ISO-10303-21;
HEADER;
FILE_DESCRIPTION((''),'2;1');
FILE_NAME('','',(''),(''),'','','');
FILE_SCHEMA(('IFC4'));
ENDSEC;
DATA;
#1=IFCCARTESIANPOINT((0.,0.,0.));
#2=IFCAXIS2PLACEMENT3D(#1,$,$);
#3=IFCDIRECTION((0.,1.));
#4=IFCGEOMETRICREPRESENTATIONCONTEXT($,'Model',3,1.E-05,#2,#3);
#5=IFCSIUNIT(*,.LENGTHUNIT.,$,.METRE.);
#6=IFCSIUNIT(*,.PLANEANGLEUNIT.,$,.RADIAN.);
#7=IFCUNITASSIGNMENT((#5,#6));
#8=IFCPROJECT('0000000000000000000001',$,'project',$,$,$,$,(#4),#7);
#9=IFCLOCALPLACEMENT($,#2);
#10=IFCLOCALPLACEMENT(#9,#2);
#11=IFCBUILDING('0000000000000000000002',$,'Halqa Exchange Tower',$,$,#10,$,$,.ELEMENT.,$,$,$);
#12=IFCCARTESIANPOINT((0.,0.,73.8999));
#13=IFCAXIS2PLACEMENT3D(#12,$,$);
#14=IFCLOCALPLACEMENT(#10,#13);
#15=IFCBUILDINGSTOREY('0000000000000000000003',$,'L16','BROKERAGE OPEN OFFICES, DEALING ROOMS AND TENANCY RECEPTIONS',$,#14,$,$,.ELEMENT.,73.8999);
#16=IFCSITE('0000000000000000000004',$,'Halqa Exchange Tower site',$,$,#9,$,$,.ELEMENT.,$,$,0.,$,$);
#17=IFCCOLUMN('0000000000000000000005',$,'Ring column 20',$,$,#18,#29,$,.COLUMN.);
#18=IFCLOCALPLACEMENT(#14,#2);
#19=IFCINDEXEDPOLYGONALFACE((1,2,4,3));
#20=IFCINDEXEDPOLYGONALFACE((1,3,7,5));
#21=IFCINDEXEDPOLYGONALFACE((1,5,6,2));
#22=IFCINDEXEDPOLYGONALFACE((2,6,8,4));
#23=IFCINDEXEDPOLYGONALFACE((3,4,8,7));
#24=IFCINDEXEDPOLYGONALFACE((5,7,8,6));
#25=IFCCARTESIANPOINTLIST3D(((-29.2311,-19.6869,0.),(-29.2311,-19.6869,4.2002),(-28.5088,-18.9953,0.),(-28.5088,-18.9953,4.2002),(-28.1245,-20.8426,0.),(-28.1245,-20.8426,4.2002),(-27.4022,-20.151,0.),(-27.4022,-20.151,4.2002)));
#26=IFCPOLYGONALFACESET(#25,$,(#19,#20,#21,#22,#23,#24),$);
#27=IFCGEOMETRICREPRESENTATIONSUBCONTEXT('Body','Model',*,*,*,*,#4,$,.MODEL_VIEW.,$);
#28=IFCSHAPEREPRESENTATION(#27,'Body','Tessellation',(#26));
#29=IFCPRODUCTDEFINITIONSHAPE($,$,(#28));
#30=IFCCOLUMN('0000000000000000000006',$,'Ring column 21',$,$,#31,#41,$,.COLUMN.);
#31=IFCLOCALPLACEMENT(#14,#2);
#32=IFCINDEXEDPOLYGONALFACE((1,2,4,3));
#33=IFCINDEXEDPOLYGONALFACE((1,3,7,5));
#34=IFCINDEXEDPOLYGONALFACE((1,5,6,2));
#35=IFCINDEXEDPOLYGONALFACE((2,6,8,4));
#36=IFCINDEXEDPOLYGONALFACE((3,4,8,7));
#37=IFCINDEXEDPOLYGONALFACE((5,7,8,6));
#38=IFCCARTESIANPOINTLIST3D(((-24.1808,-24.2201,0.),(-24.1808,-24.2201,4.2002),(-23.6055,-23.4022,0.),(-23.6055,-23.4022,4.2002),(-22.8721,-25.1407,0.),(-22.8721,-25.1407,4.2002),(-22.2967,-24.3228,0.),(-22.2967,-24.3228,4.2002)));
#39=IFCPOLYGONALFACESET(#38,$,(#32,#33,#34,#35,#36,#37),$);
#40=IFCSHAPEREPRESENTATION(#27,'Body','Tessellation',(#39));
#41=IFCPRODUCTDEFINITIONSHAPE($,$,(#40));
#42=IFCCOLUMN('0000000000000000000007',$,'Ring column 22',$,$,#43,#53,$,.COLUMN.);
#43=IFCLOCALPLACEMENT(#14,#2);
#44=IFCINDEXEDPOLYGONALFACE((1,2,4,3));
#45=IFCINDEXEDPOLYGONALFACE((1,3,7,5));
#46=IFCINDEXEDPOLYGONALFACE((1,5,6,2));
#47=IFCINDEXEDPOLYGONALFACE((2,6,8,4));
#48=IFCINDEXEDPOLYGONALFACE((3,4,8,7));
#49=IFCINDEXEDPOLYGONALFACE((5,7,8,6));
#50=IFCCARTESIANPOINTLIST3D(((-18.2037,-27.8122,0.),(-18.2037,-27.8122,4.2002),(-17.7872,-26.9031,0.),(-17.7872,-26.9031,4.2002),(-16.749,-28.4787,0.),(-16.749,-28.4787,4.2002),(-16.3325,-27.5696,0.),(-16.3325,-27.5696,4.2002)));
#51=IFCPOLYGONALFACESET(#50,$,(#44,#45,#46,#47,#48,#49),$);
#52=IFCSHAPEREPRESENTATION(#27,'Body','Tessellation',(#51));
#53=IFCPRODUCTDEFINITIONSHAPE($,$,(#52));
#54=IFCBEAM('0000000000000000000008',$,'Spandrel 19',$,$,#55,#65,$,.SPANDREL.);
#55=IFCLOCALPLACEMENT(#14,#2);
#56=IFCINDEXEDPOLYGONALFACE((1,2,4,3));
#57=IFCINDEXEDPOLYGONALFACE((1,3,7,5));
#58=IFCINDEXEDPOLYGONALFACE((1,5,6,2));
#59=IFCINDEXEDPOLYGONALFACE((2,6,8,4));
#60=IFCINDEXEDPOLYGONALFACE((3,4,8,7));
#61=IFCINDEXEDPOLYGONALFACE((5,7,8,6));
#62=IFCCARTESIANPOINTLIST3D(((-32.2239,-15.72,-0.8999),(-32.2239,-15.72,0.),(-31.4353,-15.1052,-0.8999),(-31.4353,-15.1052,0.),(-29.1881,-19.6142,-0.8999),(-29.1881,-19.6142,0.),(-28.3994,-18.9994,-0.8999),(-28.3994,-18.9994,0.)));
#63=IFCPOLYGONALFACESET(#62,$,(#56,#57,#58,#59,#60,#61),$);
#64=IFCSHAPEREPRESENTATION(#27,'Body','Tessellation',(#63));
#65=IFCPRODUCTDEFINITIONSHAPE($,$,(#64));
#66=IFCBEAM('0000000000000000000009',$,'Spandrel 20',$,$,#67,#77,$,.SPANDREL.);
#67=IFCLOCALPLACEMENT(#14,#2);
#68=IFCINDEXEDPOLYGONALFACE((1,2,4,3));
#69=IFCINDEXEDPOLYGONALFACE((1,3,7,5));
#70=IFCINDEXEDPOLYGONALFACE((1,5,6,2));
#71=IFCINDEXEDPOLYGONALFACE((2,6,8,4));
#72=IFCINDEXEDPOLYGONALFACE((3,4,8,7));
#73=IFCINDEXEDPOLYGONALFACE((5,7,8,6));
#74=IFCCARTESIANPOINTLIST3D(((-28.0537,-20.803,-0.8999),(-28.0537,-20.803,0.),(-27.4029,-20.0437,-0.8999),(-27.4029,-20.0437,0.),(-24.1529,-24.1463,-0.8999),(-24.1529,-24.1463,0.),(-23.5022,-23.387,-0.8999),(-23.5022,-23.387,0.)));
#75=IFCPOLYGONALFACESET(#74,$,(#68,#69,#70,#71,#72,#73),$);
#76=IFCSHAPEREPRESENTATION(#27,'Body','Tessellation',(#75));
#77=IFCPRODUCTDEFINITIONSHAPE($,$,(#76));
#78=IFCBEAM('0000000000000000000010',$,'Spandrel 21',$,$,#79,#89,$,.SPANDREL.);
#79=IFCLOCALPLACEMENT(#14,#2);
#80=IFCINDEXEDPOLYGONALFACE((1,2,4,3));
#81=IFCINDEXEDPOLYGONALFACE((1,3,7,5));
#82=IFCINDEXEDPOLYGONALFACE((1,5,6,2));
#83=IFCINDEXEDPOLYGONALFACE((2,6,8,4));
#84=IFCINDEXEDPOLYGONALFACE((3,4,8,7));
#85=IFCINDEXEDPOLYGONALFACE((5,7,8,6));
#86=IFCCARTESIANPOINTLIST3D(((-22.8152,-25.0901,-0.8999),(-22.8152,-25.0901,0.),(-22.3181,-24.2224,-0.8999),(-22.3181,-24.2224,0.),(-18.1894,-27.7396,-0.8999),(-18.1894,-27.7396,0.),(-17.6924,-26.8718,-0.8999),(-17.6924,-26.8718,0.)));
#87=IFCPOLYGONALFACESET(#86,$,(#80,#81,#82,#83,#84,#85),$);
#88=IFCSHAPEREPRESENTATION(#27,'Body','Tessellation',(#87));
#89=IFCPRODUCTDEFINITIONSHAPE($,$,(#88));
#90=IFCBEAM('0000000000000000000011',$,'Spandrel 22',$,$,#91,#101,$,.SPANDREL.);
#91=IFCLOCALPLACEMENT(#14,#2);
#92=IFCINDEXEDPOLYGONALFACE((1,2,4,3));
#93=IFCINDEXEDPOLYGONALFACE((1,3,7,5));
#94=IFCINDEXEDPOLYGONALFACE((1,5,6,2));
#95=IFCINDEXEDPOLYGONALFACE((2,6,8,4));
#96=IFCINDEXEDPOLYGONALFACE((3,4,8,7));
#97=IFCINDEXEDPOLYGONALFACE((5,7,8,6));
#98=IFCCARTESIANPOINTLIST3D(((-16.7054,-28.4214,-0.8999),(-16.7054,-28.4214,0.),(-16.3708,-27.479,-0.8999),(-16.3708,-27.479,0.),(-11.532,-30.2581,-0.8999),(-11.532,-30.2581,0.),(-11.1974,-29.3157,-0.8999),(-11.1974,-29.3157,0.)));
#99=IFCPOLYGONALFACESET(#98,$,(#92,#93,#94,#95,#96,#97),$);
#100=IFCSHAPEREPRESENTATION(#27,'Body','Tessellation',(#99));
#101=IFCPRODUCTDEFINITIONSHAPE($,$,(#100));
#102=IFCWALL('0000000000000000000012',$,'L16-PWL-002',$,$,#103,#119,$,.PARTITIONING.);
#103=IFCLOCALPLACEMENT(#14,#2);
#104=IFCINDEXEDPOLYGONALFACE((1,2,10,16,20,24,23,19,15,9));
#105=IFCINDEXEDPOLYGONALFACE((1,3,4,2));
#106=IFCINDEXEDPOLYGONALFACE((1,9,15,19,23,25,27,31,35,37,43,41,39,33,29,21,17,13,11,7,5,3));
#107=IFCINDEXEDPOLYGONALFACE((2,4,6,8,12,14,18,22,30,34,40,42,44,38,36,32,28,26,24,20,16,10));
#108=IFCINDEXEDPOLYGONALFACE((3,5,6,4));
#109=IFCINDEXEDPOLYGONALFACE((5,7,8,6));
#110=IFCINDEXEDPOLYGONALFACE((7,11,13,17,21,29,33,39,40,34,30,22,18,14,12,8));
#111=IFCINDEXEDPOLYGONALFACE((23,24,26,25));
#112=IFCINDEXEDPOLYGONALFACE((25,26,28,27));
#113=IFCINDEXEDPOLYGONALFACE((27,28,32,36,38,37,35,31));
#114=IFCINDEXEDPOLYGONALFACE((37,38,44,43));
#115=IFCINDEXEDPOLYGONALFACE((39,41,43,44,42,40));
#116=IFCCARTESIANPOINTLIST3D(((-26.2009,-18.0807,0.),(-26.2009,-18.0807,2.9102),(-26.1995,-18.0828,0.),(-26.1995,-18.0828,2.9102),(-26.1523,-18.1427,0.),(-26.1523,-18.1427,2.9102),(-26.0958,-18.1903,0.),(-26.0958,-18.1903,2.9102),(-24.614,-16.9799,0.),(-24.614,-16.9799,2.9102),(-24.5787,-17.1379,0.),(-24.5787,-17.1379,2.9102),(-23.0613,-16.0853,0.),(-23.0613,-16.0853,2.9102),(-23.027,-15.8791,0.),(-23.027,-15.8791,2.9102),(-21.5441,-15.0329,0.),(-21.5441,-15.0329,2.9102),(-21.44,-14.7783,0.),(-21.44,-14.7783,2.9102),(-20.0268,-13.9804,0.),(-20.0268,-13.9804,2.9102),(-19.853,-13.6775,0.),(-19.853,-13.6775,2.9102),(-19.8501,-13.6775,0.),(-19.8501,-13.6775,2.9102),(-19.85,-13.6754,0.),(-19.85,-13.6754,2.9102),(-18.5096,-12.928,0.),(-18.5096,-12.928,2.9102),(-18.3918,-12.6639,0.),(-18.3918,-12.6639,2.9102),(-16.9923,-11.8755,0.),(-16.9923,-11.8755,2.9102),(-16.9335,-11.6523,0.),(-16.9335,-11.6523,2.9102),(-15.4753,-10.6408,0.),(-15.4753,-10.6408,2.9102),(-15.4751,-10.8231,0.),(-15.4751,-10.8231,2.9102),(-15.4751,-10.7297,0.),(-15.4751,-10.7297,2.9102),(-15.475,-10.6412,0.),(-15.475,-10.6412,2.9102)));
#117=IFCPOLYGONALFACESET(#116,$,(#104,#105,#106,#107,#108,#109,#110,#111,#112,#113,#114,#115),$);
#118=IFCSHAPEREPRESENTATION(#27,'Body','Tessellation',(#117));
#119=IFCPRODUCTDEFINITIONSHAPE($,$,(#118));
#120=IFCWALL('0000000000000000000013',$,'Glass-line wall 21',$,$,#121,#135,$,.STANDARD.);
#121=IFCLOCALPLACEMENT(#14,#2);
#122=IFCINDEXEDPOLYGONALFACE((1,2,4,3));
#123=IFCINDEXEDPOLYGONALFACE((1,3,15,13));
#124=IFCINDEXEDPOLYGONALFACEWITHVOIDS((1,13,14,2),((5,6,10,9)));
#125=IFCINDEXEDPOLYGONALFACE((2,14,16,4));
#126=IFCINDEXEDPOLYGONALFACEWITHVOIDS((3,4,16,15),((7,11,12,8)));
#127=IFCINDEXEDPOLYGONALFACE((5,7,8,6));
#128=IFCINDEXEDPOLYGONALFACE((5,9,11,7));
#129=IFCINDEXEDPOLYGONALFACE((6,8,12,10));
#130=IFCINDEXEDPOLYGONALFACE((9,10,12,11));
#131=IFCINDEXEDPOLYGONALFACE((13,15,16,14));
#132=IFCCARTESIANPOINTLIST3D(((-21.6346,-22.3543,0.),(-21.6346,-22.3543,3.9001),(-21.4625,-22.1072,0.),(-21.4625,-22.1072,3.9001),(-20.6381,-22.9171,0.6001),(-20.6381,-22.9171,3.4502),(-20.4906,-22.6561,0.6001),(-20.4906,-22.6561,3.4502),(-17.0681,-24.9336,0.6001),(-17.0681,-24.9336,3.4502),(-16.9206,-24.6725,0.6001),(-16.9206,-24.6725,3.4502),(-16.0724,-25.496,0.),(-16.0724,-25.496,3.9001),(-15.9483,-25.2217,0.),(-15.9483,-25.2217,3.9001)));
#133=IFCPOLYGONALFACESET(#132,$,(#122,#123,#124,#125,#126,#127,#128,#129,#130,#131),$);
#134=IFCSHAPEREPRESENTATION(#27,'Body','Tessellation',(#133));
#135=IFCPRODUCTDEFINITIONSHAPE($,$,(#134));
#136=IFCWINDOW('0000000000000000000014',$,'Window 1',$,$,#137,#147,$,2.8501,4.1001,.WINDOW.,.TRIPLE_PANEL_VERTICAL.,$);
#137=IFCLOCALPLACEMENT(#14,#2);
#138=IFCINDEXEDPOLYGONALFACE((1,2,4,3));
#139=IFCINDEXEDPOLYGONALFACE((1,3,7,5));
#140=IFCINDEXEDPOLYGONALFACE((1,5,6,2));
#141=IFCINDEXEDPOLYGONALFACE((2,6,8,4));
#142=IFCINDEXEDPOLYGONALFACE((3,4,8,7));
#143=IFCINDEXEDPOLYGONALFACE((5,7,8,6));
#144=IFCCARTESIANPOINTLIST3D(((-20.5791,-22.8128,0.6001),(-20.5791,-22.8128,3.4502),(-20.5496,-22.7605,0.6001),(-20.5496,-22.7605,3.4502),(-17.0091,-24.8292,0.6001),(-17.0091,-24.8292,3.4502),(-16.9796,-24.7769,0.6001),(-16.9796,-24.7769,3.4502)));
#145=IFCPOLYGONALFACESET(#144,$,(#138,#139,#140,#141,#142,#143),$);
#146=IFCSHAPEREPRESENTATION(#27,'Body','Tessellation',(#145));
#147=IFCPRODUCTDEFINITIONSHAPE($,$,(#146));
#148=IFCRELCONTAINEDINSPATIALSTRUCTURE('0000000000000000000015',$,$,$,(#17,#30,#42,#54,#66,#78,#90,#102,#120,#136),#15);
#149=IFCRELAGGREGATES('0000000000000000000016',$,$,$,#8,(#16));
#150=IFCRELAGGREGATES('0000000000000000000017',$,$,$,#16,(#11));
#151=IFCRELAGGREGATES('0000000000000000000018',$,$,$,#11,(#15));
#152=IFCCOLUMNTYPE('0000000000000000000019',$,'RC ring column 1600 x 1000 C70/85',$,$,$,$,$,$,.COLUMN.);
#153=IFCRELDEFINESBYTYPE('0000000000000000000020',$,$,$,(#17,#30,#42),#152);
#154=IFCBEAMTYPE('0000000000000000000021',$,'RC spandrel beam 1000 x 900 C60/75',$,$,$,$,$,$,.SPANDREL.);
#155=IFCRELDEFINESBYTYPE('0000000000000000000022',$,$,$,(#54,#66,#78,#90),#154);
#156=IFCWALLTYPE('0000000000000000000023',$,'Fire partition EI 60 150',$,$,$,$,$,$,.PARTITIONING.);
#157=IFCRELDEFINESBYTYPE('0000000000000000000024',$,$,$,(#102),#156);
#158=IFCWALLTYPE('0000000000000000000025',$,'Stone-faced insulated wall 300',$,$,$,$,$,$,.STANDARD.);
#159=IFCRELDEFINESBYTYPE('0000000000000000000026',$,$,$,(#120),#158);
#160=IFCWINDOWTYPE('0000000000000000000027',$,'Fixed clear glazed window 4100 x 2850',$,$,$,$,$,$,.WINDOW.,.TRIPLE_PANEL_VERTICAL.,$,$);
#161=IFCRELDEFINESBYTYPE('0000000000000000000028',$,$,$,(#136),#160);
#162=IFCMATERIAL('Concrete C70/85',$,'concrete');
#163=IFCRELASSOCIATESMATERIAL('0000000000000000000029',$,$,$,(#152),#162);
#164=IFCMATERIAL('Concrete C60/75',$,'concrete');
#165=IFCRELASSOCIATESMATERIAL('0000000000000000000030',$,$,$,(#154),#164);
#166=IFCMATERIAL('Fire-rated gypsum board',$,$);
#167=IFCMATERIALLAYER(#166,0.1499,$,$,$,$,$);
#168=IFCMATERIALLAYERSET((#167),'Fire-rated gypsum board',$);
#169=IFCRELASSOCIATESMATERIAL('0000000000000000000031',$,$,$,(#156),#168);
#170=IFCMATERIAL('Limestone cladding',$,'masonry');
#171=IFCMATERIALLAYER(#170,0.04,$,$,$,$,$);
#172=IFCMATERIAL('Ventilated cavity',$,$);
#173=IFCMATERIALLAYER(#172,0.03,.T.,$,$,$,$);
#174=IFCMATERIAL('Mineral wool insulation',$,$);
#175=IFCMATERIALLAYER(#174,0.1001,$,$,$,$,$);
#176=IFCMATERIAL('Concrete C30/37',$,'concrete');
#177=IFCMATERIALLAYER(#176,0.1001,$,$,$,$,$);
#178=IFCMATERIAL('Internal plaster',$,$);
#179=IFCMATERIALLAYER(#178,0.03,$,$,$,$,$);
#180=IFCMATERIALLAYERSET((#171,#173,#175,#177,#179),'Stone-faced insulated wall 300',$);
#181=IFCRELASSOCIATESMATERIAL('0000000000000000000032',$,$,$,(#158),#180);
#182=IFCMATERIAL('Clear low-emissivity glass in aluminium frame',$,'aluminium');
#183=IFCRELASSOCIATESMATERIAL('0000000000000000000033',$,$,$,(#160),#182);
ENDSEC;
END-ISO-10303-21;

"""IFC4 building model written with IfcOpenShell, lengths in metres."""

from ifc_helpers import new_model, si_unit, direction, frame, frame_2d, origin, origin_2d, place, context, subcontext, project, spatial, polyline, rectangle, outline, extrude, material, layer, layer_set, material_profile, profile_set, type_object, element, fill, save


model = new_model("IFC4")

# Units and contexts
model_context = context("Model", 3, precision=1e-05, world=origin(), true_north=direction((0.0, 1.0)))
body_context = subcontext(model_context, "Body", "Model", "MODEL_VIEW")
ifc_project = project(units=[si_unit("LENGTHUNIT", "METRE"), si_unit("PLANEANGLEUNIT", "RADIAN")], contexts=[model_context])

# Site, building, storey
site_placement = place(None, origin())
site = spatial("IfcSite", under=ifc_project, at=site_placement, Name="Halqa Exchange Tower site", CompositionType="ELEMENT", RefElevation=0.0)
building_placement = place(site_placement, origin())
building = spatial("IfcBuilding", under=site, at=building_placement, Name="Halqa Exchange Tower", CompositionType="ELEMENT")
storey_placement = place(building_placement, frame((0.0, 0.0, 73.8999)))
storey = spatial("IfcBuildingStorey", under=building, at=storey_placement, Name="L16", Description="BROKERAGE OPEN OFFICES, DEALING ROOMS AND TENANCY RECEPTIONS", CompositionType="ELEMENT", Elevation=73.8999)

# Columns
ifc_material_1 = material(Name="Concrete C70/85", Category="concrete")
ifc_material_profile_1 = material_profile(ifc_material_1, rectangle(XDim=1.6001, YDim=1.0, at=origin_2d()), Name="1600 x 1000")
ifc_profile_set_1 = profile_set([ifc_material_profile_1], Name="Concrete C70/85")
column_type = type_object("IfcColumnType", Name="RC ring column 1600 x 1000 C70/85", PredefinedType="COLUMN", material=ifc_profile_set_1)
for number, where, z_axis, x_axis, name in (
    (1, (-28.3167, -19.9189, 0.0), (0.0, 0.0, 1.0), (0.691579, -0.722301, 0.0), "Ring column 20"),
    (2, (-23.2388, -24.2715, 0.0), (0.0, 0.0, 1.0), (0.817909, -0.575348, 0.0), "Ring column 21"),
    (3, (-17.2681, -27.6909, 0.0), (0.0, 0.0, 1.0), (0.909127, -0.416519, 0.0), "Ring column 22"),
):
    element("IfcColumn", number, at=place(storey_placement, frame(where, z_axis=z_axis, x_axis=x_axis)), inside=storey, type_object=column_type, Name=name, PredefinedType="COLUMN", context=body_context, shape_type="SweptSolid", body=[
        extrude(rectangle(XDim=1.6001, YDim=1.0, at=origin_2d()), origin(), (0.0, 0.0, 1.0), 4.2002),
    ])

# Beams
ifc_material_2 = material(Name="Concrete C60/75", Category="concrete")
ifc_material_profile_2 = material_profile(ifc_material_2, rectangle(XDim=1.0, YDim=0.8999, at=origin_2d()), Name="1000 x 900")
ifc_profile_set_2 = profile_set([ifc_material_profile_2], Name="Concrete C60/75")
beam_type = type_object("IfcBeamType", Name="RC spandrel beam 1000 x 900 C60/75", PredefinedType="SPANDREL", material=ifc_profile_set_2)
beam_1_placement = place(storey_placement, frame((-31.8296, -15.4126, -0.45), z_axis=(0.614823, -0.788665, 0.0), x_axis=(0.788665, 0.614823, 0.0)))
element("IfcBeam", 4, at=beam_1_placement, inside=storey, type_object=beam_type, Name="Spandrel 19", PredefinedType="SPANDREL", context=body_context, shape_type="SweptSolid", body=[
    extrude(rectangle(XDim=1.0, YDim=0.8999, at=origin_2d()), origin(), (0.0, 0.0, 1.0), 4.9377),
])
beam_2_placement = place(storey_placement, frame((-27.7283, -20.4233, -0.45), z_axis=(0.75927, -0.650776, 0.0), x_axis=(0.650776, 0.75927, 0.0)))
element("IfcBeam", 5, at=beam_2_placement, inside=storey, type_object=beam_type, Name="Spandrel 20", PredefinedType="SPANDREL", context=body_context, shape_type="SweptSolid", body=[
    extrude(rectangle(XDim=1.0, YDim=0.8999, at=origin_2d()), origin(), (0.0, 0.0, 1.0), 5.1375),
])
beam_3_placement = place(storey_placement, frame((-22.5667, -24.6562, -0.45), z_axis=(0.867747, -0.497007, 0.0), x_axis=(0.497007, 0.867747, 0.0)))
element("IfcBeam", 6, at=beam_3_placement, inside=storey, type_object=beam_type, Name="Spandrel 21", PredefinedType="SPANDREL", context=body_context, shape_type="SweptSolid", body=[
    extrude(rectangle(XDim=1.0, YDim=0.8999, at=origin_2d()), origin(), (0.0, 0.0, 1.0), 5.3308),
])
beam_4_placement = place(storey_placement, frame((-16.5381, -27.9502, -0.45), z_axis=(0.942372, -0.334567, 0.0), x_axis=(0.334567, 0.942372, 0.0)))
element("IfcBeam", 7, at=beam_4_placement, inside=storey, type_object=beam_type, Name="Spandrel 22", PredefinedType="SPANDREL", context=body_context, shape_type="SweptSolid", body=[
    extrude(rectangle(XDim=1.0, YDim=0.8999, at=origin_2d()), origin(), (0.0, 0.0, 1.0), 5.4897),
])

# Wall
ifc_material_3 = material(Name="Fire-rated gypsum board")
ifc_layer_1 = layer(ifc_material_3, 0.1499)
ifc_layer_set_1 = layer_set([ifc_layer_1], Name="Fire-rated gypsum board")
wall_type_1 = type_object("IfcWallType", Name="Fire partition EI 60 150", PredefinedType="PARTITIONING", material=ifc_layer_set_1)
wall_1_placement = place(storey_placement, frame((-26.1582, -18.1423, 0.0), z_axis=(0.0, 0.0, 1.0), x_axis=(0.821671, 0.569963, 0.0)))
element("IfcWall", 8, at=wall_1_placement, inside=storey, type_object=wall_type_1, Name="L16-PWL-002", PredefinedType="PARTITIONING", context=body_context, shape_type="SweptSolid", body=[
    extrude(outline(polyline([(0.0239, -0.075), (1.8704, -0.075), (3.717, -0.075), (5.5635, -0.075), (7.4102, -0.075), (9.2566, -0.075), (11.1033, -0.075), (12.9497, -0.075), (13.0029, 0.0017), (13.0029, 0.0017), (13.0535, 0.0745), (13.0535, 0.075), (11.2788, 0.075), (9.5039, 0.075), (7.7292, 0.075), (7.728, 0.0732), (7.7256, 0.075), (5.7942, 0.075), (3.8628, 0.075), (1.9314, 0.075), (0.0, 0.075), (0.0, 0.0725), (0.0046, -0.0037), (0.0239, -0.075)])), origin(), (0.0, 0.0, 1.0), 2.9102),
])

# Shared definitions
ifc_material_4 = material(Name="Limestone cladding", Category="masonry")
ifc_layer_2 = layer(ifc_material_4, 0.04)
ifc_material_5 = material(Name="Ventilated cavity")
ifc_layer_3 = layer(ifc_material_5, 0.03, ventilated=True)
ifc_material_6 = material(Name="Mineral wool insulation")
ifc_layer_4 = layer(ifc_material_6, 0.1001)
ifc_material_7 = material(Name="Concrete C30/37", Category="concrete")
ifc_layer_5 = layer(ifc_material_7, 0.1001)
ifc_material_8 = material(Name="Internal plaster")
ifc_layer_6 = layer(ifc_material_8, 0.03)
ifc_layer_set_2 = layer_set([ifc_layer_2, ifc_layer_3, ifc_layer_4, ifc_layer_5, ifc_layer_6], Name="Stone-faced insulated wall 300")
wall_type_2 = type_object("IfcWallType", Name="Stone-faced insulated wall 300", PredefinedType="STANDARD", material=ifc_layer_set_2)
ifc_material_9 = material(Name="Clear low-emissivity glass in aluminium frame", Category="aluminium")

# Wall, opening, window
wall_2_placement = place(storey_placement, frame((-21.5486, -22.2307, 0.0), z_axis=(0.0, 0.0, 1.0), x_axis=(0.87071, -0.491797, 0.0)))
wall_2 = element("IfcWall", 9, at=wall_2_placement, inside=storey, type_object=wall_type_2, Name="Glass-line wall 21", PredefinedType="STANDARD", context=body_context, shape_type="SweptSolid", body=[
    extrude(outline(polyline([(-0.0142, -0.1499), (6.374, -0.1499), (6.3472, 0.1499), (0.0142, 0.1499), (-0.0142, -0.1499)])), origin(), (0.0, 0.0, 1.0), 3.9001),
])
opening_1_placement = place(wall_2_placement, frame((1.1304, 0.0, 0.6001)))
opening_1 = element("IfcOpeningElement", 10, at=opening_1_placement, cuts=wall_2, PredefinedType="OPENING", context=body_context, shape_type="SweptSolid", body=[
    extrude(rectangle(XDim=4.1001, YDim=2.8501, at=frame_2d((2.05, 1.425))), frame((0.0, 0.1621, 0.0), z_axis=(0.0, -1.0, 0.0), x_axis=(1.0, 0.0, 0.0)), (0.0, 0.0, 1.0), 0.324),
])
window_type = type_object("IfcWindowType", Name="Fixed clear glazed window 4100 x 2850", PartitioningType="TRIPLE_PANEL_VERTICAL", PredefinedType="WINDOW", material=ifc_material_9)
window_1_placement = place(opening_1_placement, origin())
window_1 = element("IfcWindow", 11, at=window_1_placement, inside=storey, type_object=window_type, Name="Window 1", OverallHeight=2.8501, OverallWidth=4.1001, PartitioningType="TRIPLE_PANEL_VERTICAL", PredefinedType="WINDOW", context=body_context, shape_type="SweptSolid", body=[
    extrude(rectangle(XDim=4.1001, YDim=2.8501, at=frame_2d((2.05, 1.425))), frame((0.0, 0.03, 0.0), z_axis=(0.0, -1.0, 0.0), x_axis=(1.0, 0.0, 0.0)), (0.0, 0.0, 1.0), 0.0601),
])
fill(opening_1, window_1)

save(model, "model.ifc")
